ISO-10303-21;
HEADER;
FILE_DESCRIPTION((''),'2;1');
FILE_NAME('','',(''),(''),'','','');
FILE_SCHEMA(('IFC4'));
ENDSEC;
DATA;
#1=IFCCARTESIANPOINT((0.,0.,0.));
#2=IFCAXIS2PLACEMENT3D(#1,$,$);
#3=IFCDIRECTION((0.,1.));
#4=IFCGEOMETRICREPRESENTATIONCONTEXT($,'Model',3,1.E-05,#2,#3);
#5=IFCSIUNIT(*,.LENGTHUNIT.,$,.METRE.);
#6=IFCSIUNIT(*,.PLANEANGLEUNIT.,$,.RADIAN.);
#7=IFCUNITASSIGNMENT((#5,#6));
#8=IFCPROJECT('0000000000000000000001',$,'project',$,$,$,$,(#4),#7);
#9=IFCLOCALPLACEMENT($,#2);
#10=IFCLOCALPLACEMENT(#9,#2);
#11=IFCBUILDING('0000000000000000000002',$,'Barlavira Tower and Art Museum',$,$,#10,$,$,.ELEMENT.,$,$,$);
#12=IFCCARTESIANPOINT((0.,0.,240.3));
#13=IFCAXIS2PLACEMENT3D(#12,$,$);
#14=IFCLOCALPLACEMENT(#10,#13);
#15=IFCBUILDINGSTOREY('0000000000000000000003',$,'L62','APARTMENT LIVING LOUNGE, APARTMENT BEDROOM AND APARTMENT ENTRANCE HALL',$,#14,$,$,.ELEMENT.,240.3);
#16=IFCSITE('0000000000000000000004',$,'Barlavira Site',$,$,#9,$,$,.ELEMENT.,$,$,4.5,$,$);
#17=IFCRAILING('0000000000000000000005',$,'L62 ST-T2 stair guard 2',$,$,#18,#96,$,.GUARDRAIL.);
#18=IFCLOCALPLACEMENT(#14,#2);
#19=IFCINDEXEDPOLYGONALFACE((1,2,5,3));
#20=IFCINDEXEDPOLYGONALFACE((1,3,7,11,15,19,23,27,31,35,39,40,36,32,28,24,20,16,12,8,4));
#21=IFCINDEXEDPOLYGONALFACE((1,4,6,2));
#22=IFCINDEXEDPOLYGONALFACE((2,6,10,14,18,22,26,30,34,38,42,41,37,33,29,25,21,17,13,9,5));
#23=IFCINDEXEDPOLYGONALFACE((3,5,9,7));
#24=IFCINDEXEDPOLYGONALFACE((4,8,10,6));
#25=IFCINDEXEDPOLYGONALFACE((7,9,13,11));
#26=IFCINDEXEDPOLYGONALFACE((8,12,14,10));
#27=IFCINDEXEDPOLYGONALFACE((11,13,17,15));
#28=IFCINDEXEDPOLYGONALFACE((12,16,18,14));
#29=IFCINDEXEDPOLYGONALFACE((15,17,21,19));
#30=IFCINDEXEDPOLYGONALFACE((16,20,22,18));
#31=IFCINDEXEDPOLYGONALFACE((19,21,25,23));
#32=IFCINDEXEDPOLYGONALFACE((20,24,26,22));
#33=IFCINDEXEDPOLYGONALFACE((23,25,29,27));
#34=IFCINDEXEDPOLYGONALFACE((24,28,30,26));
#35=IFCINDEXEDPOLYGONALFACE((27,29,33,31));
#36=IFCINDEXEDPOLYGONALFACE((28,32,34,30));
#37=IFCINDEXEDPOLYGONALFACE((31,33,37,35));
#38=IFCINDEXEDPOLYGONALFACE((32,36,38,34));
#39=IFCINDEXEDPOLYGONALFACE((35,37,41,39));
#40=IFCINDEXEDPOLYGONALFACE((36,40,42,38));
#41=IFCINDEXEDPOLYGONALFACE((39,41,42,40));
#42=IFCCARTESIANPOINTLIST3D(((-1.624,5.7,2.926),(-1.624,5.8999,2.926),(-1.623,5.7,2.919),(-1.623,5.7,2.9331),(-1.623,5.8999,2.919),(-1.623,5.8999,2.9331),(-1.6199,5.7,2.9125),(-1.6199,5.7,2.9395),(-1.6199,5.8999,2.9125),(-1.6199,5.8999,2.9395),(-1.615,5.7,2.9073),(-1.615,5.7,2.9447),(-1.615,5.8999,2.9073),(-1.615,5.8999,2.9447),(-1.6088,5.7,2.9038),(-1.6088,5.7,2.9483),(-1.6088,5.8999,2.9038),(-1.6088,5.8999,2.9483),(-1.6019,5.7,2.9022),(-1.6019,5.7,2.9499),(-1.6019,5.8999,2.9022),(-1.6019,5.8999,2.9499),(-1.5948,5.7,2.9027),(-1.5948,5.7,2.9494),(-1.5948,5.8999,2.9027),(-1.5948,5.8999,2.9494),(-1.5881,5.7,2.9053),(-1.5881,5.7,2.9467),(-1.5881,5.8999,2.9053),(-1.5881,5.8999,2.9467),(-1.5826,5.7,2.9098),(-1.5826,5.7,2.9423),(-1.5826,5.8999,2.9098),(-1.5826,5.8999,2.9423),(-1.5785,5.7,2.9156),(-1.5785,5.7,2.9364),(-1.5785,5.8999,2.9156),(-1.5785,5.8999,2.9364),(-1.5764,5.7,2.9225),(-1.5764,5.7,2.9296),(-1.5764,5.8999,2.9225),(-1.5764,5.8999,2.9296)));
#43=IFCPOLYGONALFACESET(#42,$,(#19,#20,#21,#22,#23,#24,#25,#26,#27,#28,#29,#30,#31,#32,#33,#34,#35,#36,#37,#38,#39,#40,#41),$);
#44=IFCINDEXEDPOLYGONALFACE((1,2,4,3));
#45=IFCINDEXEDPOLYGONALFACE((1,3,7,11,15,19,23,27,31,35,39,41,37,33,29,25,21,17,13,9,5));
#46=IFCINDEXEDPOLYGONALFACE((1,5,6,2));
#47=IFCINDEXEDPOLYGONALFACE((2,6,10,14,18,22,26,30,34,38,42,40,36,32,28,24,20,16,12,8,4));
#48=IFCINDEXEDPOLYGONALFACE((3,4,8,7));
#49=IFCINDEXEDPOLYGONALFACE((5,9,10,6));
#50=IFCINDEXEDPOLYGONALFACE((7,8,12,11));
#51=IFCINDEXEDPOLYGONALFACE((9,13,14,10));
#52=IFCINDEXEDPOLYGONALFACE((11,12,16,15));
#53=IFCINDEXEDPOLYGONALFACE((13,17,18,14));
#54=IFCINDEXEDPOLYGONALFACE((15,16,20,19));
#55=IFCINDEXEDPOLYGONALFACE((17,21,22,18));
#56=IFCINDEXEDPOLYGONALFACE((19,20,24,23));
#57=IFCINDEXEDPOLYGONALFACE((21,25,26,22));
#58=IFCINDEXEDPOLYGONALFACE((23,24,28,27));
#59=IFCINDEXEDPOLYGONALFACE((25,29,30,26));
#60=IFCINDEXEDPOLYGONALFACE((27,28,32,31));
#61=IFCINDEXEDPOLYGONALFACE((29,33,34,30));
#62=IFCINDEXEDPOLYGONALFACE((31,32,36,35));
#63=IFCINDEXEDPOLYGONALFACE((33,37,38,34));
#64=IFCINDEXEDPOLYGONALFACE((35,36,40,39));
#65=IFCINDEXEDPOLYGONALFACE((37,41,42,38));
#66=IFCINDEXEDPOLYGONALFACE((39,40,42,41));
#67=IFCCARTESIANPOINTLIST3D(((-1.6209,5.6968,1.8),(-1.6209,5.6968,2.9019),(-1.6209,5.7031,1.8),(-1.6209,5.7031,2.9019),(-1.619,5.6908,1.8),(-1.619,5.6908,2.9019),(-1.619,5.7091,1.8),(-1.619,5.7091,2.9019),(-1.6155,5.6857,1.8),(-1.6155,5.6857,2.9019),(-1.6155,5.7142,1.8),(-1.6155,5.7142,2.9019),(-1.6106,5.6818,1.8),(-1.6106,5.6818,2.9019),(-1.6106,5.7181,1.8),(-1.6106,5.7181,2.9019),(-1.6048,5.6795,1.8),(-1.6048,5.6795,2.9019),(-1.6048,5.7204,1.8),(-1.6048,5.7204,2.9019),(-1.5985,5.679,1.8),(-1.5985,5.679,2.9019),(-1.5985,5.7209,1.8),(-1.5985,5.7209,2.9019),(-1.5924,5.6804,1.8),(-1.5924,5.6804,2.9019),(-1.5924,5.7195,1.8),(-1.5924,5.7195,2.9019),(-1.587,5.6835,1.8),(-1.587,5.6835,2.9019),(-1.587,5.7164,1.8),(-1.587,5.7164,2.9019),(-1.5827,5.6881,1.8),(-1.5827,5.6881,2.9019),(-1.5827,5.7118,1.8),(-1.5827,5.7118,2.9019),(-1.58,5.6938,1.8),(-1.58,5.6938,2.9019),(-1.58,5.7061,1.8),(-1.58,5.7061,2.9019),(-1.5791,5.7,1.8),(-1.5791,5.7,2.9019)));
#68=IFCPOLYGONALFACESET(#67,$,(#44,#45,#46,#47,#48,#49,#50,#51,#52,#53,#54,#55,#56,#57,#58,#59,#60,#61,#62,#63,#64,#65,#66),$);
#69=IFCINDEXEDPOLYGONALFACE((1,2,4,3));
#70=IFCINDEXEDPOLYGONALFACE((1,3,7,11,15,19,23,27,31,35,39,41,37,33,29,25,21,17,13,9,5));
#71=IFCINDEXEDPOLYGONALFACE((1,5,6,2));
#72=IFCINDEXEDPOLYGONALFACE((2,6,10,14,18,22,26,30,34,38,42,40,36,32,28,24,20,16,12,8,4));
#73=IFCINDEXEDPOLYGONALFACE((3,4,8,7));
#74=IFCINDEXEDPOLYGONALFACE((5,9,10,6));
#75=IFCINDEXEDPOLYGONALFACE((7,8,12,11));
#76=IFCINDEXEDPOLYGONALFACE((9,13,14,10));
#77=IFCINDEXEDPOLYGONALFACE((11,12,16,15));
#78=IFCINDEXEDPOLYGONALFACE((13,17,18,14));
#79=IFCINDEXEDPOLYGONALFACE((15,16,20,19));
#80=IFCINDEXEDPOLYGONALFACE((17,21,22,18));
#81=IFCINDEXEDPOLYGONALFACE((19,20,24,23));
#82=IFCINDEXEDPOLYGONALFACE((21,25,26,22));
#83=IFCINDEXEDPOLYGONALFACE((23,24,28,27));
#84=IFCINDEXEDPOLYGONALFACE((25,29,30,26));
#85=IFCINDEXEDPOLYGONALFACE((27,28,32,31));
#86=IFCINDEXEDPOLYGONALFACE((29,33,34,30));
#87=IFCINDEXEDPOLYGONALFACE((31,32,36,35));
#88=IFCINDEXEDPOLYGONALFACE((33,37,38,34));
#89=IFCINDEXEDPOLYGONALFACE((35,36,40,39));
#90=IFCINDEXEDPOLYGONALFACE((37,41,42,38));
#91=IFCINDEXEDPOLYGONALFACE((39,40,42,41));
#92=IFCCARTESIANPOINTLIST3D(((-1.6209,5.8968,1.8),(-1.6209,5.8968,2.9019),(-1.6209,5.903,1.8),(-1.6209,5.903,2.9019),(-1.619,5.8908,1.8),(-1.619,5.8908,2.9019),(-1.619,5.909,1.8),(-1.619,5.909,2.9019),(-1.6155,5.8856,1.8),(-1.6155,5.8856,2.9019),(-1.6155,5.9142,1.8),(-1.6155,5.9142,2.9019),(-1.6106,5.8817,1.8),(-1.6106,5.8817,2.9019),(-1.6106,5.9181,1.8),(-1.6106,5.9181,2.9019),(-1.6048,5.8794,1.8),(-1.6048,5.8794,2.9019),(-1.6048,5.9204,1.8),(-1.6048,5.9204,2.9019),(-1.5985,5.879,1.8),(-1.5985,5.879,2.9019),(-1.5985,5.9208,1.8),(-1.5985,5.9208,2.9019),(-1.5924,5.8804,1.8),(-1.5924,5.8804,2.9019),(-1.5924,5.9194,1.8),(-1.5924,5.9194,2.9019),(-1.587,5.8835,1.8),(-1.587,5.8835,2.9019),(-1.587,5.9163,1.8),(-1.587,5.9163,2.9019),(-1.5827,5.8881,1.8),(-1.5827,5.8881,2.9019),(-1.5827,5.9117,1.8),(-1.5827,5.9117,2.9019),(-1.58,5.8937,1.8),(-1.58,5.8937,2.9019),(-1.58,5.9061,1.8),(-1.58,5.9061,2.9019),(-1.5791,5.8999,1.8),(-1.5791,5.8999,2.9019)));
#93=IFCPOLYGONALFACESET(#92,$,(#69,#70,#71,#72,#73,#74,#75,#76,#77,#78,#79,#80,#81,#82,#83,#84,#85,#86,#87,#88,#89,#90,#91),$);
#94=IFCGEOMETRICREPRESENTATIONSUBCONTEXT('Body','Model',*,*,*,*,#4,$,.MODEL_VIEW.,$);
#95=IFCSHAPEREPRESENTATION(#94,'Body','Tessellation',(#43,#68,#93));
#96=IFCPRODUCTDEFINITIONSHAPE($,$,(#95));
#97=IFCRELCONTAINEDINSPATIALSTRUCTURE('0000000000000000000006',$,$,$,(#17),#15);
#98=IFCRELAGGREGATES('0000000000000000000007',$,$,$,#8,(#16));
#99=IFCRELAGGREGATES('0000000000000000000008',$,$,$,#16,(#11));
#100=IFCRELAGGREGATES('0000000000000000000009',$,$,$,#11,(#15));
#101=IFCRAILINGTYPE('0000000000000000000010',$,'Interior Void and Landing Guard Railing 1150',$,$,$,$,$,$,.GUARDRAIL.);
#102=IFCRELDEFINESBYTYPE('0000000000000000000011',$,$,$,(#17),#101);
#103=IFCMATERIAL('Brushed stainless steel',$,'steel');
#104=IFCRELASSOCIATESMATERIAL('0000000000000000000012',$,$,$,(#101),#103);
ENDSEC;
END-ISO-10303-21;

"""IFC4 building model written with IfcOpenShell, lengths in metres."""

from ifc_helpers import new_model, si_unit, direction, frame, origin, origin_2d, place, context, subcontext, project, spatial, circle, extrude, material, type_object, element, save


model = new_model("IFC4")

# Units and contexts
model_context = context("Model", 3, precision=1e-05, world=origin(), true_north=direction((0.0, 1.0)))
body_context = subcontext(model_context, "Body", "Model", "MODEL_VIEW")
ifc_project = project(units=[si_unit("LENGTHUNIT", "METRE"), si_unit("PLANEANGLEUNIT", "RADIAN")], contexts=[model_context])

# Site, building, storey
site_placement = place(None, origin())
site = spatial("IfcSite", under=ifc_project, at=site_placement, Name="Barlavira Site", CompositionType="ELEMENT", RefElevation=4.5)
building_placement = place(site_placement, origin())
building = spatial("IfcBuilding", under=site, at=building_placement, Name="Barlavira Tower and Art Museum", CompositionType="ELEMENT")
storey_placement = place(building_placement, frame((0.0, 0.0, 240.3)))
storey = spatial("IfcBuildingStorey", under=building, at=storey_placement, Name="L62", Description="APARTMENT LIVING LOUNGE, APARTMENT BEDROOM AND APARTMENT ENTRANCE HALL", CompositionType="ELEMENT", Elevation=240.3)

# Shared definitions
ifc_material_1 = material(Name="Brushed stainless steel", Category="steel")

# Railing
railing_type_1 = type_object("IfcRailingType", Name="Interior Void and Landing Guard Railing 1150", PredefinedType="GUARDRAIL", material=ifc_material_1)
railing_1_placement = place(storey_placement, frame((-1.6001, 5.7, 1.8)))
element("IfcRailing", 1, at=railing_1_placement, inside=storey, type_object=railing_type_1, Name="L62 ST-T2 stair guard 2", PredefinedType="GUARDRAIL", context=body_context, shape_type="SweptSolid", body=[
    extrude(circle(Radius=0.0239, at=origin_2d()), frame((0.0, 0.0, 1.126), z_axis=(0.0, 1.0, 0.0), x_axis=(-1.0, 0.0, 0.0)), (0.0, 0.0, 1.0), 0.2),
    extrude(circle(Radius=0.021, at=origin_2d()), origin(), (0.0, 0.0, 1.0), 1.1018),
    extrude(circle(Radius=0.021, at=origin_2d()), frame((0.0, 0.2, 0.0)), (0.0, 0.0, 1.0), 1.1018),
])

save(model, "model.ifc")
